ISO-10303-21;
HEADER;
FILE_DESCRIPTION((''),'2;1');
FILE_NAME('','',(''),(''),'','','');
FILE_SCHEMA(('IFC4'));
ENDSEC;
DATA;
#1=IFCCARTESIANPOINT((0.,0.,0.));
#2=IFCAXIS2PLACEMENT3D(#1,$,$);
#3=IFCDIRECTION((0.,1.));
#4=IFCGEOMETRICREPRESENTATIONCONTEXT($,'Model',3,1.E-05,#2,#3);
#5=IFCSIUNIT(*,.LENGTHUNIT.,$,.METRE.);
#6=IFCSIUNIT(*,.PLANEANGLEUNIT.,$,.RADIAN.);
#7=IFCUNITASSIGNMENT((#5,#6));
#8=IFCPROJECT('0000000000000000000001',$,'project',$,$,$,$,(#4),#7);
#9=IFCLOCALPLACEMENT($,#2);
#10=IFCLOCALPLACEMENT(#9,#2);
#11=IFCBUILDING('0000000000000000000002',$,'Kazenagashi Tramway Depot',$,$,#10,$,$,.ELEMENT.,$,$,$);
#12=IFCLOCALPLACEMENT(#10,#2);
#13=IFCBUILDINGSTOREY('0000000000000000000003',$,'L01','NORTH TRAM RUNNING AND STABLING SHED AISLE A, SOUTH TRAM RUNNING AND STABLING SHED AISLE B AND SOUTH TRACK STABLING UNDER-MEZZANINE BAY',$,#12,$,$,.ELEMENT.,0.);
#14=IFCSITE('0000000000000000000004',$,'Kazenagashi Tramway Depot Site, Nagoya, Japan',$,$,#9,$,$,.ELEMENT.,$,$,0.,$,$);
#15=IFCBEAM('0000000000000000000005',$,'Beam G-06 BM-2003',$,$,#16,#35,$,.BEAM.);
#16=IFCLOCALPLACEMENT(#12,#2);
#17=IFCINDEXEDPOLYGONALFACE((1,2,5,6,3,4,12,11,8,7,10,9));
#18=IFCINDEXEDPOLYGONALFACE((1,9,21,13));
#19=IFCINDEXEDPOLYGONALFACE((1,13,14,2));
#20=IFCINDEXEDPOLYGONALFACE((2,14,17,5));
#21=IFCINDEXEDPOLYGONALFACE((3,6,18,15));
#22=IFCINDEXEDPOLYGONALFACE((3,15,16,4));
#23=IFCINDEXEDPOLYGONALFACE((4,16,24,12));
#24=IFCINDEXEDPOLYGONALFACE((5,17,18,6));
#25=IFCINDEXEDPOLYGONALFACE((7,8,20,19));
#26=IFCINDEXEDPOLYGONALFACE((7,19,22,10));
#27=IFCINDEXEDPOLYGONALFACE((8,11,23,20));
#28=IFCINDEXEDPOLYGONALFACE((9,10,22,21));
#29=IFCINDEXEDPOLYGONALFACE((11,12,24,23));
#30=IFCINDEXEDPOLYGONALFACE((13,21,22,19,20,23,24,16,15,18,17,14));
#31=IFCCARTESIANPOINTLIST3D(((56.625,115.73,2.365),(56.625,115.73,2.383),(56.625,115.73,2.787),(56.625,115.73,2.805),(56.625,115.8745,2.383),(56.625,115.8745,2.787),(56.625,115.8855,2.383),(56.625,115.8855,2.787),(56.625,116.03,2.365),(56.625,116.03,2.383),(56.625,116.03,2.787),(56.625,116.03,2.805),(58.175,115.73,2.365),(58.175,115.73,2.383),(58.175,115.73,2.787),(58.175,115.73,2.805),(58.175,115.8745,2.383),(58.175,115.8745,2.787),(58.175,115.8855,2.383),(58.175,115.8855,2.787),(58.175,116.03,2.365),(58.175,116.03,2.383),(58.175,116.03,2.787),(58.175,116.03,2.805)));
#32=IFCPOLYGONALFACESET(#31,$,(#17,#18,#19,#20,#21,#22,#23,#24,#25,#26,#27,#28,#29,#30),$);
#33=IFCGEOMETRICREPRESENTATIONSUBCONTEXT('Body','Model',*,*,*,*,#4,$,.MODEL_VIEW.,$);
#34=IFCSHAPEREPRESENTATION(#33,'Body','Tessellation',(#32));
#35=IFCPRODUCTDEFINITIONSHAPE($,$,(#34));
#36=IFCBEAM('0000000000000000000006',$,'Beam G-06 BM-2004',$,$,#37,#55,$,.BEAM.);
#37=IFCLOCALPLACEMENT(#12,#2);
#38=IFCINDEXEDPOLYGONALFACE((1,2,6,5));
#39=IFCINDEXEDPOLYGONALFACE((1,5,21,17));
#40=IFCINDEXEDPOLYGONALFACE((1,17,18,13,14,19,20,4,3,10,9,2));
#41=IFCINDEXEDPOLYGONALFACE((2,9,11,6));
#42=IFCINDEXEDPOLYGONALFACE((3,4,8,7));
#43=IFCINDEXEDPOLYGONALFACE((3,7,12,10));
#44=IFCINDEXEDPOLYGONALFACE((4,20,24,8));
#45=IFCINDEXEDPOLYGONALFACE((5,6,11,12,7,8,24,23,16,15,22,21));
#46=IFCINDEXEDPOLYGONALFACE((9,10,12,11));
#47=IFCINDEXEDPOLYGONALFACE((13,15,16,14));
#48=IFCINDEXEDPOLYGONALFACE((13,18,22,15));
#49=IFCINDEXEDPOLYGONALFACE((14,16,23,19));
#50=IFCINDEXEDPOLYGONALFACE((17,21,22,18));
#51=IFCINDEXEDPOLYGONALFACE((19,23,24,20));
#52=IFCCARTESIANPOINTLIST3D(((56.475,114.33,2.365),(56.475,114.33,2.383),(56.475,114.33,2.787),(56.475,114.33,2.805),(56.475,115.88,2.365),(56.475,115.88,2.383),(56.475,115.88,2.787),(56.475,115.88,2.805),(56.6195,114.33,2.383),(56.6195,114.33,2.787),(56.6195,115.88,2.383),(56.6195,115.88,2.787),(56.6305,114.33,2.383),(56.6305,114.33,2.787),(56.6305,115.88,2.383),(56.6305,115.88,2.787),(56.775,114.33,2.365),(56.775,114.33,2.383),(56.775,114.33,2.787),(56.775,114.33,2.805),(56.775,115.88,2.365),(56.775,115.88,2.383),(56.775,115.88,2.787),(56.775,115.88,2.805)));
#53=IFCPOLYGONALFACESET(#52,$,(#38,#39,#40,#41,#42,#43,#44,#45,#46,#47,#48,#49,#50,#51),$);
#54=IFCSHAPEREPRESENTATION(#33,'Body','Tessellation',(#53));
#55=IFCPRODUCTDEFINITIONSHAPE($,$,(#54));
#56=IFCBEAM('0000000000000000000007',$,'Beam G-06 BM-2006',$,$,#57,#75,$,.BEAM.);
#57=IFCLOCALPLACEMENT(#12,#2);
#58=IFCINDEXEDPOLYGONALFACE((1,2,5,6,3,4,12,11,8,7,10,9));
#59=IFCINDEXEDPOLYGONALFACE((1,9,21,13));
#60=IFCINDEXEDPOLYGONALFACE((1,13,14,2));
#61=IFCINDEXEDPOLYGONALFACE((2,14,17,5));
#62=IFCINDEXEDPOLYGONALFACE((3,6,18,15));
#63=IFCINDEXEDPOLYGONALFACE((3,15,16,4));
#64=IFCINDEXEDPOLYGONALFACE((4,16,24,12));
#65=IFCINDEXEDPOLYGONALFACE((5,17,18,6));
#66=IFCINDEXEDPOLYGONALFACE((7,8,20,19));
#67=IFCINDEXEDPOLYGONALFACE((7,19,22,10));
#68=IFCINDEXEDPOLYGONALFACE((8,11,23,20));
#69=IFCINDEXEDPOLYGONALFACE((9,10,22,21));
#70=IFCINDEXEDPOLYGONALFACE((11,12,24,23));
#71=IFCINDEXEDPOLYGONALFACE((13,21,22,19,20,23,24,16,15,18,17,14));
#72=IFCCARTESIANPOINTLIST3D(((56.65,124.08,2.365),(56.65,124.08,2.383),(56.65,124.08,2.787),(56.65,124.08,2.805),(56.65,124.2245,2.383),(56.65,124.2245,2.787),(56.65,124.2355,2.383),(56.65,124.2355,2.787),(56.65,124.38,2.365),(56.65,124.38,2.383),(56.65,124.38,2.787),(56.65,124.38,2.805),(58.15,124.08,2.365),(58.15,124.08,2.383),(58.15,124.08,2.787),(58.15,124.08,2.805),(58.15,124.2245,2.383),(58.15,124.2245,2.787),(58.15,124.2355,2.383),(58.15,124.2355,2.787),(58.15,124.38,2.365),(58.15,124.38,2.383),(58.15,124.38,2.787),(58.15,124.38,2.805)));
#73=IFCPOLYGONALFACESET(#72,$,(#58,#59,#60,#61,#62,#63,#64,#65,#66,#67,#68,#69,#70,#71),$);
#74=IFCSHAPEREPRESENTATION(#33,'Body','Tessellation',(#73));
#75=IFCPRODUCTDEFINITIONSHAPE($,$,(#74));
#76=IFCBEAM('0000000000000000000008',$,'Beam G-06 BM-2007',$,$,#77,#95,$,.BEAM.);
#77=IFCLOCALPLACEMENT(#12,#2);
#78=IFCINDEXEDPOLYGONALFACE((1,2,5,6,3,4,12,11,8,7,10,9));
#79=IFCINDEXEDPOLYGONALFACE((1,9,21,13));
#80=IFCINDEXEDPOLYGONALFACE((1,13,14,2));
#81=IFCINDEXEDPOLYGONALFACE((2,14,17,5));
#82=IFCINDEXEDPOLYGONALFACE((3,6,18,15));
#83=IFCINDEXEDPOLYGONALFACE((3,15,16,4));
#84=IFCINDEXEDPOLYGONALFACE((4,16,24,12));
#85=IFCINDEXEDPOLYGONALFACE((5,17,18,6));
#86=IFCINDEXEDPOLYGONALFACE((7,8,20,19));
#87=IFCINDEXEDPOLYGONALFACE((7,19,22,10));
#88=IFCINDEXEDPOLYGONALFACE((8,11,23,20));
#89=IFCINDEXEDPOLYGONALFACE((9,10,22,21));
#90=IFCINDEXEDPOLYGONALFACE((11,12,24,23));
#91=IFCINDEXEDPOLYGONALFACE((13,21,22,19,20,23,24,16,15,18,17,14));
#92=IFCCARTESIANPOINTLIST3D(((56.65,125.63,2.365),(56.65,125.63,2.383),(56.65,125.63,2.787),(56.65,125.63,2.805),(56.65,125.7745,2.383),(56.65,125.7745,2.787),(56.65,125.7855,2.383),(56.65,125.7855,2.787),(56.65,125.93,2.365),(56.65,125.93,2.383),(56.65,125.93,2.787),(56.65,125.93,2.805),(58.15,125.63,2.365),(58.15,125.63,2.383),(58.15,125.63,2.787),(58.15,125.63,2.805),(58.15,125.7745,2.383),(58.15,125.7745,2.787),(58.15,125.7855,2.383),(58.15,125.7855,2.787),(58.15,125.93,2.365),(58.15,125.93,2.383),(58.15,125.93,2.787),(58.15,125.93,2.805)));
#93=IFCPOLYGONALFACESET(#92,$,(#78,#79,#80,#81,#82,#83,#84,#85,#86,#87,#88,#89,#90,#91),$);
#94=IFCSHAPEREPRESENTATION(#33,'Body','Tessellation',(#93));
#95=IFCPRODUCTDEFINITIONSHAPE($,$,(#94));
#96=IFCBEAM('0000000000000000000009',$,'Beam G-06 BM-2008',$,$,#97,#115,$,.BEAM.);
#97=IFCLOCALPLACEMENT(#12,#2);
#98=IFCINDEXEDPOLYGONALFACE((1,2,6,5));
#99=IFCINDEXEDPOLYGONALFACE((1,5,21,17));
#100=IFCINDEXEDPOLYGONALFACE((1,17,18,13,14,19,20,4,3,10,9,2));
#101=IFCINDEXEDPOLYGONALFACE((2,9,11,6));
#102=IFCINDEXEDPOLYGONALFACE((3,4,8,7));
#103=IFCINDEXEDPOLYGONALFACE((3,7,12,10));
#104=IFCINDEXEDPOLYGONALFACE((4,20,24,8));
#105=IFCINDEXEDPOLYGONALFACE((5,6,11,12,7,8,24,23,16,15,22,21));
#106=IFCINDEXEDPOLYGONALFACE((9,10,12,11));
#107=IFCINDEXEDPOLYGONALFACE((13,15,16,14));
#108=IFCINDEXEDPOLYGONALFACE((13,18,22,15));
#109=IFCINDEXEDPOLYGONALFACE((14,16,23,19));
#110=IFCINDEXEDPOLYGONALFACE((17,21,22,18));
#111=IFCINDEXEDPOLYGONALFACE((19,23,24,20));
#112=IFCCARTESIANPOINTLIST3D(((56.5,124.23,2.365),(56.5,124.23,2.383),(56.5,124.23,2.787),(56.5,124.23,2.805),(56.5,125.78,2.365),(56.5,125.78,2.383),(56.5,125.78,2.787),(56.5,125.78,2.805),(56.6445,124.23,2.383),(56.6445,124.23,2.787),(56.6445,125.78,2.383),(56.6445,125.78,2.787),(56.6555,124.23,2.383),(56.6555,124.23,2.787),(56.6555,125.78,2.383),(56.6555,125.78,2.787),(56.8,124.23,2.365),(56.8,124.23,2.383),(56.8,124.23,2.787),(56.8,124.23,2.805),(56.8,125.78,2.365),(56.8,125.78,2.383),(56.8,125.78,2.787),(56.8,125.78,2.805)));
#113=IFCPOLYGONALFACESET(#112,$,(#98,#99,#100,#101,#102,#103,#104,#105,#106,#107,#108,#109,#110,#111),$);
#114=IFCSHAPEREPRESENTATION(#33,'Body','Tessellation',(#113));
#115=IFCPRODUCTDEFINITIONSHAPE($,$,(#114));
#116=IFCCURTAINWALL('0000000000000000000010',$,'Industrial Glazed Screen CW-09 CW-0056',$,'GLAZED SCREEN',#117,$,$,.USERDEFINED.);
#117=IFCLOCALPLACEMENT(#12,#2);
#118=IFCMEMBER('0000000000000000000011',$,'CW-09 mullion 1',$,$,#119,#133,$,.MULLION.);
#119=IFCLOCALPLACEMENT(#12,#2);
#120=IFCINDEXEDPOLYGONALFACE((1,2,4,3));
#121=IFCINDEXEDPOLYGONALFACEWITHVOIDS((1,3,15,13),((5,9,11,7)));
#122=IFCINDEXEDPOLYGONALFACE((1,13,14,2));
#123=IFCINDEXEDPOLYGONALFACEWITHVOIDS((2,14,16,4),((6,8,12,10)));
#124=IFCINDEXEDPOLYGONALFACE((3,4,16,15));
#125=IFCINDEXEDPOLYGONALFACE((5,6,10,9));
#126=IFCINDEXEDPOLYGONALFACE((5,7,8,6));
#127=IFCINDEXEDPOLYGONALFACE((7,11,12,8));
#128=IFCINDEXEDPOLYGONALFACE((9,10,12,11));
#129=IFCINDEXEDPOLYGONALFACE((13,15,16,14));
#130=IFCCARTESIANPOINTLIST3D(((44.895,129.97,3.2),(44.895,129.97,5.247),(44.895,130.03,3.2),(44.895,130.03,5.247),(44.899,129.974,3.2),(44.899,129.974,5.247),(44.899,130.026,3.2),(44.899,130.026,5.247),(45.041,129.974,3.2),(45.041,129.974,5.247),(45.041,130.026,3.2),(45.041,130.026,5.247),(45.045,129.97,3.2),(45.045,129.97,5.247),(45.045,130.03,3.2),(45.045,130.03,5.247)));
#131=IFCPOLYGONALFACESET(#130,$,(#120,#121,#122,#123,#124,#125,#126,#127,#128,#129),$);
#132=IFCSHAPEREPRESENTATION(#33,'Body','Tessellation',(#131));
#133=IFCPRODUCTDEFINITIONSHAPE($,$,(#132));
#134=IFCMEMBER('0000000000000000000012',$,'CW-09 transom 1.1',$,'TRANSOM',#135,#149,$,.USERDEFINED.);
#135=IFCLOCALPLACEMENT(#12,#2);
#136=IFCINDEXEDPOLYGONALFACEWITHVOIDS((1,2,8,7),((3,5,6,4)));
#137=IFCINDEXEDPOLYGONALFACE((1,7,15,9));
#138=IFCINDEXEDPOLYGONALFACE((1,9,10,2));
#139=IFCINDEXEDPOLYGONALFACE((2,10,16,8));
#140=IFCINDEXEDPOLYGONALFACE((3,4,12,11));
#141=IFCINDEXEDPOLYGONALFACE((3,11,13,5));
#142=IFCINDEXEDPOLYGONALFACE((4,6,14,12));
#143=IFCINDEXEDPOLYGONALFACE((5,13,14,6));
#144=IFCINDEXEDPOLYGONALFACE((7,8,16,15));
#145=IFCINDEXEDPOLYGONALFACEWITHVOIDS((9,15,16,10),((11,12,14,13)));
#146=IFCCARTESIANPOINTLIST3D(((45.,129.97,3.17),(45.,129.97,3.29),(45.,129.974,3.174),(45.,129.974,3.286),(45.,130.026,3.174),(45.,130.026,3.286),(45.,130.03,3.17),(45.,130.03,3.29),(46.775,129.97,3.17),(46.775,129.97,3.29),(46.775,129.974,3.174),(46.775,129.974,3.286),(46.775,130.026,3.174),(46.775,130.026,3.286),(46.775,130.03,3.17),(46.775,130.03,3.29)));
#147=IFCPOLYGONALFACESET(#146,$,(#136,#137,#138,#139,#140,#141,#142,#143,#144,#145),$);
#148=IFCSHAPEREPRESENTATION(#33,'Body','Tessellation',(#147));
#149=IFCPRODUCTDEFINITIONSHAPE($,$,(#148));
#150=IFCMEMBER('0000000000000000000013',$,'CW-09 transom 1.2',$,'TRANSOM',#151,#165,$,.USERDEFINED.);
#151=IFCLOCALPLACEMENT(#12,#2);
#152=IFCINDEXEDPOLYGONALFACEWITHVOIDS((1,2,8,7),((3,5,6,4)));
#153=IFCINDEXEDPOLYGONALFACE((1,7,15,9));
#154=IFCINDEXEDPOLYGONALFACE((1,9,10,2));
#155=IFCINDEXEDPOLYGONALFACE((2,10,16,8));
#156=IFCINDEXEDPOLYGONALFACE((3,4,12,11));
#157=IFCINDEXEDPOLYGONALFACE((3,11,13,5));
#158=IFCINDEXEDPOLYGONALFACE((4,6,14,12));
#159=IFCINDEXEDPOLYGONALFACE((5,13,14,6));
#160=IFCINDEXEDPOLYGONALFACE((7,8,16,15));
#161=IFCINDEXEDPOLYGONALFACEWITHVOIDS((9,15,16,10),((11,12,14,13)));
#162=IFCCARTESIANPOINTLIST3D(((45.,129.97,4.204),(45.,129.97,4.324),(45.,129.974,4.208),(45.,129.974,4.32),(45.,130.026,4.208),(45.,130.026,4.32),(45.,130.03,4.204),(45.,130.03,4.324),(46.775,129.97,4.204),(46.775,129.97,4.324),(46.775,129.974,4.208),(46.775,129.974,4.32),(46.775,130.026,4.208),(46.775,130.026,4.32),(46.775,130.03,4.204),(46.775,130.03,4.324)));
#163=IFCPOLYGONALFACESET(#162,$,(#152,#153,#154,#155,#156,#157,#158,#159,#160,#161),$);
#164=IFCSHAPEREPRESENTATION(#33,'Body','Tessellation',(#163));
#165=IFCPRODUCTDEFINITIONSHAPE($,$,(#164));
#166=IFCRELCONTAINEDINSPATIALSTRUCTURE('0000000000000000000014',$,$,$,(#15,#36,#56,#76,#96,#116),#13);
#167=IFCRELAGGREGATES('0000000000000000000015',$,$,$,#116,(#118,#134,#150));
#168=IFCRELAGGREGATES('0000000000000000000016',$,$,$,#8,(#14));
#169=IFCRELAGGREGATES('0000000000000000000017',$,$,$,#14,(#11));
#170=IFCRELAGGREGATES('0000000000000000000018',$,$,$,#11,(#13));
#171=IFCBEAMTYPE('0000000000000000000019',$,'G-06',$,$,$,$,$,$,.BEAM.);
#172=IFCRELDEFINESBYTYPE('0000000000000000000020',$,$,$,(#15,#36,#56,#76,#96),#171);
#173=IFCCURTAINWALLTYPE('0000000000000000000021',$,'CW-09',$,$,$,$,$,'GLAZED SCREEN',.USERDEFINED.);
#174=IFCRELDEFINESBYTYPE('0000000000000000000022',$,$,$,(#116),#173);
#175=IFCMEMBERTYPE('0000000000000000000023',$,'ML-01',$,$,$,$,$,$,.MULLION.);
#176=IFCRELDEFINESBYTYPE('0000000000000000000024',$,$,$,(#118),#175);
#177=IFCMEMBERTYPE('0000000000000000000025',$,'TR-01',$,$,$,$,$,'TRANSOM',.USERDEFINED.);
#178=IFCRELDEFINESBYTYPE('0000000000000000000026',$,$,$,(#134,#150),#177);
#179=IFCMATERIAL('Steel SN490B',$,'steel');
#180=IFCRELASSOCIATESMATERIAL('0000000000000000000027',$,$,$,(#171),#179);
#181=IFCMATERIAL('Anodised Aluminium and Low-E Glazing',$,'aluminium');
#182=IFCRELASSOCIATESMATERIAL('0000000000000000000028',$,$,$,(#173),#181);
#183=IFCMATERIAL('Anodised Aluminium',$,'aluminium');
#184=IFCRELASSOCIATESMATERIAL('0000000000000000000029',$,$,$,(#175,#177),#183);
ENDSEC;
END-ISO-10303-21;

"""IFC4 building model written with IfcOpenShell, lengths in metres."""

from ifc_helpers import new_model, si_unit, direction, frame, origin, origin_2d, place, context, subcontext, project, spatial, hollow_rectangle, i_section, extrude, material, material_profile, profile_set, type_object, element, aggregate, save


model = new_model("IFC4")

# Units and contexts
model_context = context("Model", 3, precision=1e-05, world=origin(), true_north=direction((0.0, 1.0)))
body_context = subcontext(model_context, "Body", "Model", "MODEL_VIEW")
ifc_project = project(units=[si_unit("LENGTHUNIT", "METRE"), si_unit("PLANEANGLEUNIT", "RADIAN")], contexts=[model_context])

# Site, building, storey
site_placement = place(None, origin())
site = spatial("IfcSite", under=ifc_project, at=site_placement, Name="Kazenagashi Tramway Depot Site, Nagoya, Japan", CompositionType="ELEMENT", RefElevation=0.0)
building_placement = place(site_placement, origin())
building = spatial("IfcBuilding", under=site, at=building_placement, Name="Kazenagashi Tramway Depot", CompositionType="ELEMENT")
storey_placement = place(building_placement, origin())
storey = spatial("IfcBuildingStorey", under=building, at=storey_placement, Name="L01", Description="NORTH TRAM RUNNING AND STABLING SHED AISLE A, SOUTH TRAM RUNNING AND STABLING SHED AISLE B AND SOUTH TRACK STABLING UNDER-MEZZANINE BAY", CompositionType="ELEMENT", Elevation=0.0)

# Shared definitions
ifc_material_1 = material(Name="Steel SN490B", Category="steel")

# Beams
ifc_material_profile_1 = material_profile(ifc_material_1, i_section(OverallWidth=0.3, OverallDepth=0.44, WebThickness=0.011, FlangeThickness=0.018, at=origin_2d()), Name="H-440x300x11x18")
ifc_profile_set_1 = profile_set([ifc_material_profile_1], Name="Steel SN490B")
beam_type = type_object("IfcBeamType", Name="G-06", PredefinedType="BEAM", material=ifc_profile_set_1)
for number, where, z_axis, x_axis, name in (
    (1, (56.625, 115.88, 2.585), (1.0, 0.0, 0.0), (0.0, 1.0, 0.0), "Beam G-06 BM-2003"),
    (2, (56.625, 114.33, 2.585), (0.0, 1.0, 0.0), (-1.0, 0.0, 0.0), "Beam G-06 BM-2004"),
):
    element("IfcBeam", number, at=place(storey_placement, frame(where, z_axis=z_axis, x_axis=x_axis)), inside=storey, type_object=beam_type, Name=name, PredefinedType="BEAM", context=body_context, shape_type="SweptSolid", body=[
        extrude(i_section(OverallWidth=0.3, OverallDepth=0.44, WebThickness=0.011, FlangeThickness=0.018, at=origin_2d()), origin(), (0.0, 0.0, 1.0), 1.55),
    ])
for number, where, z_axis, x_axis, name in (
    (3, (56.65, 124.23, 2.585), (1.0, 0.0, 0.0), (0.0, 1.0, 0.0), "Beam G-06 BM-2006"),
    (4, (56.65, 125.78, 2.585), (1.0, 0.0, 0.0), (0.0, 1.0, 0.0), "Beam G-06 BM-2007"),
):
    element("IfcBeam", number, at=place(storey_placement, frame(where, z_axis=z_axis, x_axis=x_axis)), inside=storey, type_object=beam_type, Name=name, PredefinedType="BEAM", context=body_context, shape_type="SweptSolid", body=[
        extrude(i_section(OverallWidth=0.3, OverallDepth=0.44, WebThickness=0.011, FlangeThickness=0.018, at=origin_2d()), origin(), (0.0, 0.0, 1.0), 1.5),
    ])
beam_placement = place(storey_placement, frame((56.65, 124.23, 2.585), z_axis=(0.0, 1.0, 0.0), x_axis=(-1.0, 0.0, 0.0)))
element("IfcBeam", 5, at=beam_placement, inside=storey, type_object=beam_type, Name="Beam G-06 BM-2008", PredefinedType="BEAM", context=body_context, shape_type="SweptSolid", body=[
    extrude(i_section(OverallWidth=0.3, OverallDepth=0.44, WebThickness=0.011, FlangeThickness=0.018, at=origin_2d()), origin(), (0.0, 0.0, 1.0), 1.55),
])

# Curtain wall, members
ifc_material_2 = material(Name="Anodised Aluminium and Low-E Glazing", Category="aluminium")
curtain_wall_type = type_object("IfcCurtainWallType", Name="CW-09", ElementType="GLAZED SCREEN", PredefinedType="USERDEFINED", material=ifc_material_2)
curtain_wall_placement = place(storey_placement, origin())
curtain_wall = element("IfcCurtainWall", 6, at=curtain_wall_placement, inside=storey, type_object=curtain_wall_type, Name="Industrial Glazed Screen CW-09 CW-0056", ObjectType="GLAZED SCREEN", PredefinedType="USERDEFINED")
ifc_material_3 = material(Name="Anodised Aluminium", Category="aluminium")
ifc_material_profile_2 = material_profile(ifc_material_3, hollow_rectangle(XDim=0.06, YDim=0.15, WallThickness=0.004, at=origin_2d()), Name="RHS-150x60x4")
ifc_profile_set_2 = profile_set([ifc_material_profile_2], Name="Anodised Aluminium")
member_type_1 = type_object("IfcMemberType", Name="ML-01", PredefinedType="MULLION", material=ifc_profile_set_2)
member_1_placement = place(storey_placement, frame((44.97, 130.0, 3.2), z_axis=(0.0, 0.0, 1.0), x_axis=(0.0, 1.0, 0.0)))
member_1 = element("IfcMember", 7, at=member_1_placement, type_object=member_type_1, Name="CW-09 mullion 1", PredefinedType="MULLION", context=body_context, shape_type="SweptSolid", body=[
    extrude(hollow_rectangle(XDim=0.06, YDim=0.15, WallThickness=0.004, at=origin_2d()), origin(), (0.0, 0.0, 1.0), 2.047),
])
ifc_material_profile_3 = material_profile(ifc_material_3, hollow_rectangle(XDim=0.06, YDim=0.12, WallThickness=0.004, at=origin_2d()), Name="RHS-120x60x4")
ifc_profile_set_3 = profile_set([ifc_material_profile_3], Name="Anodised Aluminium")
member_type_2 = type_object("IfcMemberType", Name="TR-01", ElementType="TRANSOM", PredefinedType="USERDEFINED", material=ifc_profile_set_3)
member_2_placement = place(storey_placement, frame((45.0, 130.0, 3.23), z_axis=(1.0, 0.0, 0.0), x_axis=(0.0, 1.0, 0.0)))
member_2 = element("IfcMember", 8, at=member_2_placement, type_object=member_type_2, Name="CW-09 transom 1.1", ObjectType="TRANSOM", PredefinedType="USERDEFINED", context=body_context, shape_type="SweptSolid", body=[
    extrude(hollow_rectangle(XDim=0.06, YDim=0.12, WallThickness=0.004, at=origin_2d()), origin(), (0.0, 0.0, 1.0), 1.775),
])
member_3_placement = place(storey_placement, frame((45.0, 130.0, 4.264), z_axis=(1.0, 0.0, 0.0), x_axis=(0.0, 1.0, 0.0)))
member_3 = element("IfcMember", 9, at=member_3_placement, type_object=member_type_2, Name="CW-09 transom 1.2", ObjectType="TRANSOM", PredefinedType="USERDEFINED", context=body_context, shape_type="SweptSolid", body=[
    extrude(hollow_rectangle(XDim=0.06, YDim=0.12, WallThickness=0.004, at=origin_2d()), origin(), (0.0, 0.0, 1.0), 1.775),
])
aggregate(curtain_wall, [member_1, member_2, member_3])

save(model, "model.ifc")
